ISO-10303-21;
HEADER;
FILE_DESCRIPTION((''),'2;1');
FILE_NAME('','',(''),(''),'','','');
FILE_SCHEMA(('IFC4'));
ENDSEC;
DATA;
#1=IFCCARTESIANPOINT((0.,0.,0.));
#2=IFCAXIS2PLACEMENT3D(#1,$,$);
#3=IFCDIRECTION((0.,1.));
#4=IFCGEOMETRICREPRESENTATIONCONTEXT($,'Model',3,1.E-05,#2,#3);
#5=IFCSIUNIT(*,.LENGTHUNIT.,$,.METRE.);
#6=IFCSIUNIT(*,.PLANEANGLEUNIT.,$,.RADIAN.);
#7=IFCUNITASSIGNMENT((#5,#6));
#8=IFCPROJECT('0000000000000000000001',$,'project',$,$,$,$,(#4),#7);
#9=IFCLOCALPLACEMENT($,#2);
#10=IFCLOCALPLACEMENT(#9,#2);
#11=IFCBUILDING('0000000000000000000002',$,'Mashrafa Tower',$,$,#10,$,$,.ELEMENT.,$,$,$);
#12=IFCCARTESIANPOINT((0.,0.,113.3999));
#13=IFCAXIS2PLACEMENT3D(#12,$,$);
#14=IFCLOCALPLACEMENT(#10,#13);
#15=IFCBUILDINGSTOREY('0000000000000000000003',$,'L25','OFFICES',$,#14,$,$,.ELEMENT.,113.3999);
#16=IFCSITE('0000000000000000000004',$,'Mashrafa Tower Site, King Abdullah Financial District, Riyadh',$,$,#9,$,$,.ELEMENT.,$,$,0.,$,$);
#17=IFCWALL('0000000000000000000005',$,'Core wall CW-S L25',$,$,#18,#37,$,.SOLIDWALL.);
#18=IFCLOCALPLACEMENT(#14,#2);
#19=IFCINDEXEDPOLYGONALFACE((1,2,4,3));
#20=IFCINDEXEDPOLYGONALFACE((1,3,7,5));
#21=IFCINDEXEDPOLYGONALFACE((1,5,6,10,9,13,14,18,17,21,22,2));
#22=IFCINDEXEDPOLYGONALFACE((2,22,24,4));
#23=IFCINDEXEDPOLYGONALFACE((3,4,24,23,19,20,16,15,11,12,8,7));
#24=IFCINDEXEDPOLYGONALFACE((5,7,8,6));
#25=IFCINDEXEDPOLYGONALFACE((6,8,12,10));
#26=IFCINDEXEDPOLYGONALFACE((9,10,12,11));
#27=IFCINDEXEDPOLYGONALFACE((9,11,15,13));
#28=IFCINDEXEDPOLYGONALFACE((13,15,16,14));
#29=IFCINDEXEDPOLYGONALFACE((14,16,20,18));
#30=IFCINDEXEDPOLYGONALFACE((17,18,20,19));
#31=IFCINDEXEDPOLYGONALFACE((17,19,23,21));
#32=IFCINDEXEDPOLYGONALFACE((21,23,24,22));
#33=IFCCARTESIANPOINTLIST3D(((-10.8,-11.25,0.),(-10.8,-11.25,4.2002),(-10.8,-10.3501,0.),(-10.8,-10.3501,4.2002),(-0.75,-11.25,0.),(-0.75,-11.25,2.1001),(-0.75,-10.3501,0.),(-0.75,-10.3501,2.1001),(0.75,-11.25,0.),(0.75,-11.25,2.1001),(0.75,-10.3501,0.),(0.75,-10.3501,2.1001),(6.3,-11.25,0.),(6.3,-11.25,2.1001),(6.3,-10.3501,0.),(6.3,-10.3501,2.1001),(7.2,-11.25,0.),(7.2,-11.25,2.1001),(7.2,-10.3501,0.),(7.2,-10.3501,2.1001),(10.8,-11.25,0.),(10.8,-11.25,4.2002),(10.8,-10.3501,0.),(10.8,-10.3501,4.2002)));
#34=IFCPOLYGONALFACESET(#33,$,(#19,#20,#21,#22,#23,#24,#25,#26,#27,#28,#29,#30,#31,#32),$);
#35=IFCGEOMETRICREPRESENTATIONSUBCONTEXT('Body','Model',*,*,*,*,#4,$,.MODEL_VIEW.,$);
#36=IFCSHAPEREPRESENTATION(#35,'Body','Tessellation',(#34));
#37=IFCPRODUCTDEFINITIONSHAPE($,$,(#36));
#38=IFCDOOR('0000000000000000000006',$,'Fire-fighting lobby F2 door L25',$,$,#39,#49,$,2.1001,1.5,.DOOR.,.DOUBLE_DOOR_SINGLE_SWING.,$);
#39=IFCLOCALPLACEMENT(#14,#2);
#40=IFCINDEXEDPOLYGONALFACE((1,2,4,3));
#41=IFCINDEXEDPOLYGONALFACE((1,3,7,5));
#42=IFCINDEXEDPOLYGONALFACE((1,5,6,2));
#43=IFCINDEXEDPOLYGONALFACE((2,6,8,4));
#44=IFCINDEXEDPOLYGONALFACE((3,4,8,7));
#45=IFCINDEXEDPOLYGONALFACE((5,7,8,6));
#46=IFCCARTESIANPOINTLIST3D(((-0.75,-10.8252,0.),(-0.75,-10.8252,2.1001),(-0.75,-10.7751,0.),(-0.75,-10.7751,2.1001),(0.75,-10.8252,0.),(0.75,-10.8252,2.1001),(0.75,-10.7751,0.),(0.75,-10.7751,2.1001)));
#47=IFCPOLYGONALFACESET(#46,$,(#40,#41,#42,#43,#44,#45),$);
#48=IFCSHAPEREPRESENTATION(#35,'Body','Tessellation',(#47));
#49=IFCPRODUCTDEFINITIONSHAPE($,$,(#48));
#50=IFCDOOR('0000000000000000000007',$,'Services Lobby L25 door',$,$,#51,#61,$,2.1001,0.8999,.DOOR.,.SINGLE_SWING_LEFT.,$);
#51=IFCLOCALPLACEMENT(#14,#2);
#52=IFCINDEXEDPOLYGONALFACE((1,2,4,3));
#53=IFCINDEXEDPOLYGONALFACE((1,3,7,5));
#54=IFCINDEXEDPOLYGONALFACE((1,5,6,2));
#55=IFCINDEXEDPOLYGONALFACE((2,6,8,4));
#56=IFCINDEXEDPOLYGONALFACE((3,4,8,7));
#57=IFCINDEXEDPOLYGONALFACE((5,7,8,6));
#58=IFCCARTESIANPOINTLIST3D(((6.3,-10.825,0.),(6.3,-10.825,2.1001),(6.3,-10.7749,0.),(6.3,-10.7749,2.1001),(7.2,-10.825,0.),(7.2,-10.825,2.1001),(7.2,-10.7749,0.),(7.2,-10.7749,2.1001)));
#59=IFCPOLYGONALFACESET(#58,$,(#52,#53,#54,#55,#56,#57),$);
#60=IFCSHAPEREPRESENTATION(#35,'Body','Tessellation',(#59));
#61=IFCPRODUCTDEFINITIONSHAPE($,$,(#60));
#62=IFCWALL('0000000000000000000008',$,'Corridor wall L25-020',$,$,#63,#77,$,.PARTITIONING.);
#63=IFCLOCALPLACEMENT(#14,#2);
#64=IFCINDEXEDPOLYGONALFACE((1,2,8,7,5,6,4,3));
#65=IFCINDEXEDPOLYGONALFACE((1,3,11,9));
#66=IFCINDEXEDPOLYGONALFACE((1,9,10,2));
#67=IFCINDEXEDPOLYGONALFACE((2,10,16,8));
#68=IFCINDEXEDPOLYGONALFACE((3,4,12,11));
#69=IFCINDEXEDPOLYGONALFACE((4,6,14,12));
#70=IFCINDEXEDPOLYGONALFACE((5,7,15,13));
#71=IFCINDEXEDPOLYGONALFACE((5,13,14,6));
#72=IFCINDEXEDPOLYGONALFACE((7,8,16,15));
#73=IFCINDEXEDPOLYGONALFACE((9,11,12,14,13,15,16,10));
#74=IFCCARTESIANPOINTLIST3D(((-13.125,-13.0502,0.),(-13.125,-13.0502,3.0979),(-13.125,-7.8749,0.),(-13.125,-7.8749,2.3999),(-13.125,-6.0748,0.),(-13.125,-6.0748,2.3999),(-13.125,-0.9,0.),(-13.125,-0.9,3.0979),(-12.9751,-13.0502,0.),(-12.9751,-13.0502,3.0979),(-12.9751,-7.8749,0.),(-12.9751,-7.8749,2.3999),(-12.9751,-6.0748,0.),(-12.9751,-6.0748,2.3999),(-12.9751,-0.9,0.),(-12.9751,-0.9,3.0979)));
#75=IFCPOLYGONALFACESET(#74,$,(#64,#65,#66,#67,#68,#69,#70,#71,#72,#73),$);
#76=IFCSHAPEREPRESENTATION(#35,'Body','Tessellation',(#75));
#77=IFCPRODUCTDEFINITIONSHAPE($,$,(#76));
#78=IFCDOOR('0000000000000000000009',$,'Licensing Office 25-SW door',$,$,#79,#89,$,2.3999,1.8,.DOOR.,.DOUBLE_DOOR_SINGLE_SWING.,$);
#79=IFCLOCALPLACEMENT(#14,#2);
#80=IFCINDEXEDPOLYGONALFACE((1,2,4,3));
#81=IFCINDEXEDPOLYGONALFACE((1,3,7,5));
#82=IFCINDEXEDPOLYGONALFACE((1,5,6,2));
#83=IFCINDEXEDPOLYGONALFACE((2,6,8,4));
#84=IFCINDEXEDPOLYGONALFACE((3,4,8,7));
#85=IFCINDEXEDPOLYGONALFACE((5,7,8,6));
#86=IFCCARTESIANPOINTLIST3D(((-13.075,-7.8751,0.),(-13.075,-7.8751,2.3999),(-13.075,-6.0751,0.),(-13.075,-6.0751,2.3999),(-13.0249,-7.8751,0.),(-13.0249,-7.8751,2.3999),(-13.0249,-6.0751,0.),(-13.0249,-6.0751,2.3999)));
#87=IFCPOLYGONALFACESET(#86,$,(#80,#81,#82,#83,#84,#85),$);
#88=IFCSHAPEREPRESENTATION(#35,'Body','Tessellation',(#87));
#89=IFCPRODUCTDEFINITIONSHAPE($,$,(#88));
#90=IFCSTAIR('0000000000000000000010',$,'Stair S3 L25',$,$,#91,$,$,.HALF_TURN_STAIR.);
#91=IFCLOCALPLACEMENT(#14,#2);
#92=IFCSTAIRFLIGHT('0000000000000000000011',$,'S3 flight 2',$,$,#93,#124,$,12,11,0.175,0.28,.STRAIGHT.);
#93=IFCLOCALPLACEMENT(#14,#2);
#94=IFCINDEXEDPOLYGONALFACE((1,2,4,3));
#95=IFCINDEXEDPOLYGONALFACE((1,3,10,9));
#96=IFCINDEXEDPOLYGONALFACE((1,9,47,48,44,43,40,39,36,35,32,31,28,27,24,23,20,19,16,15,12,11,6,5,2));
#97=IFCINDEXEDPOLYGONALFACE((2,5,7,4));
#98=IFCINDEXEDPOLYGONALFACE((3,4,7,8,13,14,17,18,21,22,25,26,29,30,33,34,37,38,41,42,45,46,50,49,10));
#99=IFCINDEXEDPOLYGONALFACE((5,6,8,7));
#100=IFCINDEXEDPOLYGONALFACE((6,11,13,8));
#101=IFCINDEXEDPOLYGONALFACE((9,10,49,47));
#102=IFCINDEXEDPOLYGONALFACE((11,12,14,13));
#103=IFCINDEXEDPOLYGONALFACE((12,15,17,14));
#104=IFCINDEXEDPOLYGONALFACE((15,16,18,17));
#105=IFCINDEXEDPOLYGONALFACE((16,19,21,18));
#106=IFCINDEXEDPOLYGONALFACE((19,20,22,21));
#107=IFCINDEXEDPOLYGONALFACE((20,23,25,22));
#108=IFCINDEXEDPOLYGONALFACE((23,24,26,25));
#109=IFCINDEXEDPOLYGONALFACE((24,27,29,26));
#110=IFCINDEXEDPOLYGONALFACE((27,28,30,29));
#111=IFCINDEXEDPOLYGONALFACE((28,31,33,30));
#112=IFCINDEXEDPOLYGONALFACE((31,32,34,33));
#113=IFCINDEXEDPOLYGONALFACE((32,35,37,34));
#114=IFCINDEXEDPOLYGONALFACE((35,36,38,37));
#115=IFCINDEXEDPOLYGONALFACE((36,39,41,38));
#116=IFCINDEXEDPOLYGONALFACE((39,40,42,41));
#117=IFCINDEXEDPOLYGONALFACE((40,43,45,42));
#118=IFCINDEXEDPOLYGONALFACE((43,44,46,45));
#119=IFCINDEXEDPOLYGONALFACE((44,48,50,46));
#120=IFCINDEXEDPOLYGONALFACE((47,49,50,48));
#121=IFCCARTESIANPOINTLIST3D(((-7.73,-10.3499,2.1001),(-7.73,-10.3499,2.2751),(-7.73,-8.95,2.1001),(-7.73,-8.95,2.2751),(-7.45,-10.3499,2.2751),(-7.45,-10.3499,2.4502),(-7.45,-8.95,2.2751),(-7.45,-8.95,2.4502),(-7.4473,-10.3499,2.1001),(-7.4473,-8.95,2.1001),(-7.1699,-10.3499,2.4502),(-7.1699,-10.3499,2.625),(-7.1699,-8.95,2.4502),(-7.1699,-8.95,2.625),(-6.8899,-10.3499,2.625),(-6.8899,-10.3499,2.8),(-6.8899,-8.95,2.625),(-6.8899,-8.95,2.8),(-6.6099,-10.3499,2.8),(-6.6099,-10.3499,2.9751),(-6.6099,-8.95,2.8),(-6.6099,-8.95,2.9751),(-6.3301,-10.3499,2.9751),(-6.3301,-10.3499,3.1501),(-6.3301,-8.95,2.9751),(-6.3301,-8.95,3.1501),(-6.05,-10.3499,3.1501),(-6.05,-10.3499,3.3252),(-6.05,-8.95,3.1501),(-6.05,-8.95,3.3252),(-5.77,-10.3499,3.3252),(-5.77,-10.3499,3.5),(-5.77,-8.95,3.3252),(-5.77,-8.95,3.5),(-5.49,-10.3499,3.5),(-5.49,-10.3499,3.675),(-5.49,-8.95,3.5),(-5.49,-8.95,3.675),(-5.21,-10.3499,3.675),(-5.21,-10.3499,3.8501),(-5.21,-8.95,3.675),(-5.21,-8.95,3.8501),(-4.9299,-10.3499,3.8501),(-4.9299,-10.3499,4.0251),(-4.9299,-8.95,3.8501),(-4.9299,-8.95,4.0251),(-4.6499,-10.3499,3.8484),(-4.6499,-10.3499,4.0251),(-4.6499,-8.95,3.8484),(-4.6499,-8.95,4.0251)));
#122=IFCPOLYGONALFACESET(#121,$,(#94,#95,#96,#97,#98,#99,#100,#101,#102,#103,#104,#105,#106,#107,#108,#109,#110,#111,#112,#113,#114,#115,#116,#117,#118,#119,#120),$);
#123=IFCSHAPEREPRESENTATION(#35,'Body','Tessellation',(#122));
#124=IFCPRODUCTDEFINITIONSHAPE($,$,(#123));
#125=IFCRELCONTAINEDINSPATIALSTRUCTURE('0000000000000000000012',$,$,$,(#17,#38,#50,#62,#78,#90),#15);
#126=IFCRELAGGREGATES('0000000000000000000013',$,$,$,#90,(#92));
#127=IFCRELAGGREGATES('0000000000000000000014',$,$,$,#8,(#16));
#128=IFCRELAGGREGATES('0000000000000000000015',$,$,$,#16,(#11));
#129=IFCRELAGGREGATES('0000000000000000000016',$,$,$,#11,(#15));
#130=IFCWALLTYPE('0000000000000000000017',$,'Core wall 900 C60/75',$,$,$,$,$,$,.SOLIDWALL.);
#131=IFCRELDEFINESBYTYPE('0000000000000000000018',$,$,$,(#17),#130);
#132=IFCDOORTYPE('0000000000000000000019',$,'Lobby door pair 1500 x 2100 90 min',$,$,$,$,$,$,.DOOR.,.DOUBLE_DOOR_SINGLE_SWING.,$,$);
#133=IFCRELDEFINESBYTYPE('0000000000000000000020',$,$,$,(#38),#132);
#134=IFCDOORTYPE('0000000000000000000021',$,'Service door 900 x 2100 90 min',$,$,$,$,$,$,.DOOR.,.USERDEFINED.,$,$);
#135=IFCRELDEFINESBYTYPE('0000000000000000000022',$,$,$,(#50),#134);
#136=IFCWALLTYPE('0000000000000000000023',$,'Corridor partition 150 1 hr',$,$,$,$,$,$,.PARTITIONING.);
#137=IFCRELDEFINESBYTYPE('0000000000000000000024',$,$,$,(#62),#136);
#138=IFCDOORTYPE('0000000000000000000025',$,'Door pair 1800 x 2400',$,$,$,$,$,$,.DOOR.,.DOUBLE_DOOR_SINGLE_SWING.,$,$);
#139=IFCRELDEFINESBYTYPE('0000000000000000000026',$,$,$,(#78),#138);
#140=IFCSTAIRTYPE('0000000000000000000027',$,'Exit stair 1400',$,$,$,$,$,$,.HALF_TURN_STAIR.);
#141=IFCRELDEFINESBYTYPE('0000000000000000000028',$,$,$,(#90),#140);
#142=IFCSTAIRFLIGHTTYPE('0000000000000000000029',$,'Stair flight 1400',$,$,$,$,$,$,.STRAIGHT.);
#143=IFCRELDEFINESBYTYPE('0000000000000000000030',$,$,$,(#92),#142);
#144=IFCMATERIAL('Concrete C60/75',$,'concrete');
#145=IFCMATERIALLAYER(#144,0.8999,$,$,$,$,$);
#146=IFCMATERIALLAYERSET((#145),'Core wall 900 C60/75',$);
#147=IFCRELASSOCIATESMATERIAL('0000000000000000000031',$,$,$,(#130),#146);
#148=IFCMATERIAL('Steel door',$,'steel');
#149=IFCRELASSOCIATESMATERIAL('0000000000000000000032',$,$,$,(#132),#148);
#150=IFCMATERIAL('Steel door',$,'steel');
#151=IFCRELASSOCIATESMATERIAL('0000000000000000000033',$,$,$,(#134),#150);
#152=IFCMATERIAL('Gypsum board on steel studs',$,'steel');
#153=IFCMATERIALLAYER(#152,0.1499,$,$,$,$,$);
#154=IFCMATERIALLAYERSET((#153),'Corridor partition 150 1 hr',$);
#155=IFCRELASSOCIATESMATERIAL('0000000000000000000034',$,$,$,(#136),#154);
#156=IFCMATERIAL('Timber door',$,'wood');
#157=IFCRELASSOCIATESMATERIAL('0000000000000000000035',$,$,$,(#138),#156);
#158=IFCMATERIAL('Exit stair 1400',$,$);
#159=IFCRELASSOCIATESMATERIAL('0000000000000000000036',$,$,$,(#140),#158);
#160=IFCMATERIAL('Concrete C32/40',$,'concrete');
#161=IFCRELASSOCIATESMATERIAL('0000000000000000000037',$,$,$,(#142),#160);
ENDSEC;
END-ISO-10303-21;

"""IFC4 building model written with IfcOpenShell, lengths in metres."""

from ifc_helpers import new_model, si_unit, direction, frame, frame_2d, origin, place, context, subcontext, project, spatial, polyline, rectangle, outline, extrude, material, layer, layer_set, type_object, element, fill, aggregate, save


model = new_model("IFC4")

# Units and contexts
model_context = context("Model", 3, precision=1e-05, world=origin(), true_north=direction((0.0, 1.0)))
body_context = subcontext(model_context, "Body", "Model", "MODEL_VIEW")
ifc_project = project(units=[si_unit("LENGTHUNIT", "METRE"), si_unit("PLANEANGLEUNIT", "RADIAN")], contexts=[model_context])

# Site, building, storey
site_placement = place(None, origin())
site = spatial("IfcSite", under=ifc_project, at=site_placement, Name="Mashrafa Tower Site, King Abdullah Financial District, Riyadh", CompositionType="ELEMENT", RefElevation=0.0)
building_placement = place(site_placement, origin())
building = spatial("IfcBuilding", under=site, at=building_placement, Name="Mashrafa Tower", CompositionType="ELEMENT")
storey_placement = place(building_placement, frame((0.0, 0.0, 113.3999)))
storey = spatial("IfcBuildingStorey", under=building, at=storey_placement, Name="L25", Description="OFFICES", CompositionType="ELEMENT", Elevation=113.3999)

# Wall, openings, doors
ifc_material_1 = material(Name="Concrete C60/75", Category="concrete")
ifc_layer_1 = layer(ifc_material_1, 0.8999)
ifc_layer_set_1 = layer_set([ifc_layer_1], Name="Core wall 900 C60/75")
wall_type_1 = type_object("IfcWallType", Name="Core wall 900 C60/75", PredefinedType="SOLIDWALL", material=ifc_layer_set_1)
wall_1_placement = place(storey_placement, frame((-10.8, -10.8, 0.0), z_axis=(0.0, 0.0, 1.0), x_axis=(1.0, 0.0, 0.0)))
wall_1 = element("IfcWall", 1, at=wall_1_placement, inside=storey, type_object=wall_type_1, Name="Core wall CW-S L25", PredefinedType="SOLIDWALL", context=body_context, shape_type="SweptSolid", body=[
    extrude(rectangle(XDim=21.6001, YDim=0.8999, at=frame_2d((10.8, 0.0))), origin(), (0.0, 0.0, 1.0), 4.2002),
])
opening_1_placement = place(wall_1_placement, frame((10.05, 0.0, 0.0)))
opening_1 = element("IfcOpeningElement", 2, at=opening_1_placement, cuts=wall_1, PredefinedType="OPENING", context=body_context, shape_type="SweptSolid", body=[
    extrude(rectangle(XDim=1.5, YDim=2.1001, at=frame_2d((0.75, 1.05))), frame((0.0, 0.46, 0.0), z_axis=(0.0, -1.0, 0.0), x_axis=(1.0, 0.0, 0.0)), (0.0, 0.0, 1.0), 0.9199),
])
opening_2_placement = place(wall_1_placement, frame((17.1001, 0.0, 0.0)))
opening_2 = element("IfcOpeningElement", 3, at=opening_2_placement, cuts=wall_1, PredefinedType="OPENING", context=body_context, shape_type="SweptSolid", body=[
    extrude(rectangle(XDim=0.8999, YDim=2.1001, at=frame_2d((0.45, 1.05))), frame((0.0, 0.46, 0.0), z_axis=(0.0, -1.0, 0.0), x_axis=(1.0, 0.0, 0.0)), (0.0, 0.0, 1.0), 0.9199),
])
ifc_material_2 = material(Name="Steel door", Category="steel")
door_type_1 = type_object("IfcDoorType", Name="Lobby door pair 1500 x 2100 90 min", OperationType="DOUBLE_DOOR_SINGLE_SWING", PredefinedType="DOOR", material=ifc_material_2)
door_1_placement = place(opening_1_placement, origin())
door_1 = element("IfcDoor", 4, at=door_1_placement, inside=storey, type_object=door_type_1, Name="Fire-fighting lobby F2 door L25", OperationType="DOUBLE_DOOR_SINGLE_SWING", OverallHeight=2.1001, OverallWidth=1.5, PredefinedType="DOOR", context=body_context, shape_type="SweptSolid", body=[
    extrude(rectangle(XDim=1.5, YDim=2.1001, at=frame_2d((0.75, 1.05))), frame((0.0, 0.0249, 0.0), z_axis=(0.0, -1.0, 0.0), x_axis=(1.0, 0.0, 0.0)), (0.0, 0.0, 1.0), 0.05),
])
fill(opening_1, door_1)
ifc_material_3 = material(Name="Steel door", Category="steel")
door_type_2 = type_object("IfcDoorType", Name="Service door 900 x 2100 90 min", OperationType="USERDEFINED", PredefinedType="DOOR", material=ifc_material_3)
door_2_placement = place(opening_2_placement, frame((0.8999, 0.0, 0.0), z_axis=(0.0, 0.0, 1.0), x_axis=(-1.0, 0.0, 0.0)))
door_2 = element("IfcDoor", 5, at=door_2_placement, inside=storey, type_object=door_type_2, Name="Services Lobby L25 door", OperationType="SINGLE_SWING_LEFT", OverallHeight=2.1001, OverallWidth=0.8999, PredefinedType="DOOR", context=body_context, shape_type="SweptSolid", body=[
    extrude(rectangle(XDim=0.8999, YDim=2.1001, at=frame_2d((0.45, 1.05))), frame((0.0, 0.0249, 0.0), z_axis=(0.0, -1.0, 0.0), x_axis=(1.0, 0.0, 0.0)), (0.0, 0.0, 1.0), 0.05),
])
fill(opening_2, door_2)

# Wall, opening, door
ifc_material_4 = material(Name="Gypsum board on steel studs", Category="steel")
ifc_layer_2 = layer(ifc_material_4, 0.1499)
ifc_layer_set_2 = layer_set([ifc_layer_2], Name="Corridor partition 150 1 hr")
wall_type_2 = type_object("IfcWallType", Name="Corridor partition 150 1 hr", PredefinedType="PARTITIONING", material=ifc_layer_set_2)
wall_2_placement = place(storey_placement, frame((-13.05, -0.8999, 0.0), z_axis=(0.0, 0.0, 1.0), x_axis=(0.0, -1.0, 0.0)))
wall_2 = element("IfcWall", 6, at=wall_2_placement, inside=storey, type_object=wall_type_2, Name="Corridor wall L25-020", PredefinedType="PARTITIONING", context=body_context, shape_type="SweptSolid", body=[
    extrude(rectangle(XDim=12.1501, YDim=0.1499, at=frame_2d((6.0752, 0.0))), origin(), (0.0, 0.0, 1.0), 3.0979),
])
opening_3_placement = place(wall_2_placement, frame((5.175, 0.0, 0.0)))
opening_3 = element("IfcOpeningElement", 7, at=opening_3_placement, cuts=wall_2, PredefinedType="OPENING", context=body_context, shape_type="SweptSolid", body=[
    extrude(rectangle(XDim=1.8, YDim=2.3999, at=frame_2d((0.8999, 1.2))), frame((0.0, 0.085, 0.0), z_axis=(0.0, -1.0, 0.0), x_axis=(1.0, 0.0, 0.0)), (0.0, 0.0, 1.0), 0.1699),
])
ifc_material_5 = material(Name="Timber door", Category="wood")
door_type_3 = type_object("IfcDoorType", Name="Door pair 1800 x 2400", OperationType="DOUBLE_DOOR_SINGLE_SWING", PredefinedType="DOOR", material=ifc_material_5)
door_3_placement = place(opening_3_placement, frame((1.8, 0.0, 0.0), z_axis=(0.0, 0.0, 1.0), x_axis=(-1.0, 0.0, 0.0)))
door_3 = element("IfcDoor", 8, at=door_3_placement, inside=storey, type_object=door_type_3, Name="Licensing Office 25-SW door", OperationType="DOUBLE_DOOR_SINGLE_SWING", OverallHeight=2.3999, OverallWidth=1.8, PredefinedType="DOOR", context=body_context, shape_type="SweptSolid", body=[
    extrude(rectangle(XDim=1.8, YDim=2.3999, at=frame_2d((0.8999, 1.2))), frame((0.0, 0.0249, 0.0), z_axis=(0.0, -1.0, 0.0), x_axis=(1.0, 0.0, 0.0)), (0.0, 0.0, 1.0), 0.05),
])
fill(opening_3, door_3)

# Stair, stair flight
ifc_material_6 = material(Name="Exit stair 1400")
stair_type = type_object("IfcStairType", Name="Exit stair 1400", PredefinedType="HALF_TURN_STAIR", material=ifc_material_6)
stair_placement = place(storey_placement, origin())
stair = element("IfcStair", 9, at=stair_placement, inside=storey, type_object=stair_type, Name="Stair S3 L25", PredefinedType="HALF_TURN_STAIR")
ifc_material_7 = material(Name="Concrete C32/40", Category="concrete")
stair_flight_type = type_object("IfcStairFlightType", Name="Stair flight 1400", PredefinedType="STRAIGHT", material=ifc_material_7)
stair_flight_placement = place(storey_placement, frame((-7.73, -9.6499, 2.1001), z_axis=(0.0, 0.0, 1.0), x_axis=(1.0, 0.0, 0.0)))
stair_flight = element("IfcStairFlight", 10, at=stair_flight_placement, type_object=stair_flight_type, Name="S3 flight 2", NumberOfRisers=12, NumberOfTreads=11, PredefinedType="STRAIGHT", RiserHeight=0.175, TreadLength=0.28, context=body_context, shape_type="SweptSolid", body=[
    extrude(outline(polyline([(0.0, 0.0), (0.0, 0.175), (0.28, 0.175), (0.28, 0.3501), (0.5601, 0.3501), (0.5601, 0.5249), (0.8401, 0.5249), (0.8401, 0.7), (1.1201, 0.7), (1.1201, 0.875), (1.3999, 0.875), (1.3999, 1.05), (1.6799, 1.05), (1.6799, 1.2251), (1.96, 1.2251), (1.96, 1.3999), (2.24, 1.3999), (2.24, 1.575), (2.52, 1.575), (2.52, 1.75), (2.8, 1.75), (2.8, 1.925), (3.0801, 1.925), (3.0801, 2.1001), (3.0801, 1.7483), (0.2827, 0.0), (0.0, 0.0)])), frame((0.0, 0.7, 0.0), z_axis=(0.0, -1.0, 0.0), x_axis=(1.0, 0.0, 0.0)), (0.0, 0.0, 1.0), 1.3999),
])
aggregate(stair, [stair_flight])

save(model, "model.ifc")
